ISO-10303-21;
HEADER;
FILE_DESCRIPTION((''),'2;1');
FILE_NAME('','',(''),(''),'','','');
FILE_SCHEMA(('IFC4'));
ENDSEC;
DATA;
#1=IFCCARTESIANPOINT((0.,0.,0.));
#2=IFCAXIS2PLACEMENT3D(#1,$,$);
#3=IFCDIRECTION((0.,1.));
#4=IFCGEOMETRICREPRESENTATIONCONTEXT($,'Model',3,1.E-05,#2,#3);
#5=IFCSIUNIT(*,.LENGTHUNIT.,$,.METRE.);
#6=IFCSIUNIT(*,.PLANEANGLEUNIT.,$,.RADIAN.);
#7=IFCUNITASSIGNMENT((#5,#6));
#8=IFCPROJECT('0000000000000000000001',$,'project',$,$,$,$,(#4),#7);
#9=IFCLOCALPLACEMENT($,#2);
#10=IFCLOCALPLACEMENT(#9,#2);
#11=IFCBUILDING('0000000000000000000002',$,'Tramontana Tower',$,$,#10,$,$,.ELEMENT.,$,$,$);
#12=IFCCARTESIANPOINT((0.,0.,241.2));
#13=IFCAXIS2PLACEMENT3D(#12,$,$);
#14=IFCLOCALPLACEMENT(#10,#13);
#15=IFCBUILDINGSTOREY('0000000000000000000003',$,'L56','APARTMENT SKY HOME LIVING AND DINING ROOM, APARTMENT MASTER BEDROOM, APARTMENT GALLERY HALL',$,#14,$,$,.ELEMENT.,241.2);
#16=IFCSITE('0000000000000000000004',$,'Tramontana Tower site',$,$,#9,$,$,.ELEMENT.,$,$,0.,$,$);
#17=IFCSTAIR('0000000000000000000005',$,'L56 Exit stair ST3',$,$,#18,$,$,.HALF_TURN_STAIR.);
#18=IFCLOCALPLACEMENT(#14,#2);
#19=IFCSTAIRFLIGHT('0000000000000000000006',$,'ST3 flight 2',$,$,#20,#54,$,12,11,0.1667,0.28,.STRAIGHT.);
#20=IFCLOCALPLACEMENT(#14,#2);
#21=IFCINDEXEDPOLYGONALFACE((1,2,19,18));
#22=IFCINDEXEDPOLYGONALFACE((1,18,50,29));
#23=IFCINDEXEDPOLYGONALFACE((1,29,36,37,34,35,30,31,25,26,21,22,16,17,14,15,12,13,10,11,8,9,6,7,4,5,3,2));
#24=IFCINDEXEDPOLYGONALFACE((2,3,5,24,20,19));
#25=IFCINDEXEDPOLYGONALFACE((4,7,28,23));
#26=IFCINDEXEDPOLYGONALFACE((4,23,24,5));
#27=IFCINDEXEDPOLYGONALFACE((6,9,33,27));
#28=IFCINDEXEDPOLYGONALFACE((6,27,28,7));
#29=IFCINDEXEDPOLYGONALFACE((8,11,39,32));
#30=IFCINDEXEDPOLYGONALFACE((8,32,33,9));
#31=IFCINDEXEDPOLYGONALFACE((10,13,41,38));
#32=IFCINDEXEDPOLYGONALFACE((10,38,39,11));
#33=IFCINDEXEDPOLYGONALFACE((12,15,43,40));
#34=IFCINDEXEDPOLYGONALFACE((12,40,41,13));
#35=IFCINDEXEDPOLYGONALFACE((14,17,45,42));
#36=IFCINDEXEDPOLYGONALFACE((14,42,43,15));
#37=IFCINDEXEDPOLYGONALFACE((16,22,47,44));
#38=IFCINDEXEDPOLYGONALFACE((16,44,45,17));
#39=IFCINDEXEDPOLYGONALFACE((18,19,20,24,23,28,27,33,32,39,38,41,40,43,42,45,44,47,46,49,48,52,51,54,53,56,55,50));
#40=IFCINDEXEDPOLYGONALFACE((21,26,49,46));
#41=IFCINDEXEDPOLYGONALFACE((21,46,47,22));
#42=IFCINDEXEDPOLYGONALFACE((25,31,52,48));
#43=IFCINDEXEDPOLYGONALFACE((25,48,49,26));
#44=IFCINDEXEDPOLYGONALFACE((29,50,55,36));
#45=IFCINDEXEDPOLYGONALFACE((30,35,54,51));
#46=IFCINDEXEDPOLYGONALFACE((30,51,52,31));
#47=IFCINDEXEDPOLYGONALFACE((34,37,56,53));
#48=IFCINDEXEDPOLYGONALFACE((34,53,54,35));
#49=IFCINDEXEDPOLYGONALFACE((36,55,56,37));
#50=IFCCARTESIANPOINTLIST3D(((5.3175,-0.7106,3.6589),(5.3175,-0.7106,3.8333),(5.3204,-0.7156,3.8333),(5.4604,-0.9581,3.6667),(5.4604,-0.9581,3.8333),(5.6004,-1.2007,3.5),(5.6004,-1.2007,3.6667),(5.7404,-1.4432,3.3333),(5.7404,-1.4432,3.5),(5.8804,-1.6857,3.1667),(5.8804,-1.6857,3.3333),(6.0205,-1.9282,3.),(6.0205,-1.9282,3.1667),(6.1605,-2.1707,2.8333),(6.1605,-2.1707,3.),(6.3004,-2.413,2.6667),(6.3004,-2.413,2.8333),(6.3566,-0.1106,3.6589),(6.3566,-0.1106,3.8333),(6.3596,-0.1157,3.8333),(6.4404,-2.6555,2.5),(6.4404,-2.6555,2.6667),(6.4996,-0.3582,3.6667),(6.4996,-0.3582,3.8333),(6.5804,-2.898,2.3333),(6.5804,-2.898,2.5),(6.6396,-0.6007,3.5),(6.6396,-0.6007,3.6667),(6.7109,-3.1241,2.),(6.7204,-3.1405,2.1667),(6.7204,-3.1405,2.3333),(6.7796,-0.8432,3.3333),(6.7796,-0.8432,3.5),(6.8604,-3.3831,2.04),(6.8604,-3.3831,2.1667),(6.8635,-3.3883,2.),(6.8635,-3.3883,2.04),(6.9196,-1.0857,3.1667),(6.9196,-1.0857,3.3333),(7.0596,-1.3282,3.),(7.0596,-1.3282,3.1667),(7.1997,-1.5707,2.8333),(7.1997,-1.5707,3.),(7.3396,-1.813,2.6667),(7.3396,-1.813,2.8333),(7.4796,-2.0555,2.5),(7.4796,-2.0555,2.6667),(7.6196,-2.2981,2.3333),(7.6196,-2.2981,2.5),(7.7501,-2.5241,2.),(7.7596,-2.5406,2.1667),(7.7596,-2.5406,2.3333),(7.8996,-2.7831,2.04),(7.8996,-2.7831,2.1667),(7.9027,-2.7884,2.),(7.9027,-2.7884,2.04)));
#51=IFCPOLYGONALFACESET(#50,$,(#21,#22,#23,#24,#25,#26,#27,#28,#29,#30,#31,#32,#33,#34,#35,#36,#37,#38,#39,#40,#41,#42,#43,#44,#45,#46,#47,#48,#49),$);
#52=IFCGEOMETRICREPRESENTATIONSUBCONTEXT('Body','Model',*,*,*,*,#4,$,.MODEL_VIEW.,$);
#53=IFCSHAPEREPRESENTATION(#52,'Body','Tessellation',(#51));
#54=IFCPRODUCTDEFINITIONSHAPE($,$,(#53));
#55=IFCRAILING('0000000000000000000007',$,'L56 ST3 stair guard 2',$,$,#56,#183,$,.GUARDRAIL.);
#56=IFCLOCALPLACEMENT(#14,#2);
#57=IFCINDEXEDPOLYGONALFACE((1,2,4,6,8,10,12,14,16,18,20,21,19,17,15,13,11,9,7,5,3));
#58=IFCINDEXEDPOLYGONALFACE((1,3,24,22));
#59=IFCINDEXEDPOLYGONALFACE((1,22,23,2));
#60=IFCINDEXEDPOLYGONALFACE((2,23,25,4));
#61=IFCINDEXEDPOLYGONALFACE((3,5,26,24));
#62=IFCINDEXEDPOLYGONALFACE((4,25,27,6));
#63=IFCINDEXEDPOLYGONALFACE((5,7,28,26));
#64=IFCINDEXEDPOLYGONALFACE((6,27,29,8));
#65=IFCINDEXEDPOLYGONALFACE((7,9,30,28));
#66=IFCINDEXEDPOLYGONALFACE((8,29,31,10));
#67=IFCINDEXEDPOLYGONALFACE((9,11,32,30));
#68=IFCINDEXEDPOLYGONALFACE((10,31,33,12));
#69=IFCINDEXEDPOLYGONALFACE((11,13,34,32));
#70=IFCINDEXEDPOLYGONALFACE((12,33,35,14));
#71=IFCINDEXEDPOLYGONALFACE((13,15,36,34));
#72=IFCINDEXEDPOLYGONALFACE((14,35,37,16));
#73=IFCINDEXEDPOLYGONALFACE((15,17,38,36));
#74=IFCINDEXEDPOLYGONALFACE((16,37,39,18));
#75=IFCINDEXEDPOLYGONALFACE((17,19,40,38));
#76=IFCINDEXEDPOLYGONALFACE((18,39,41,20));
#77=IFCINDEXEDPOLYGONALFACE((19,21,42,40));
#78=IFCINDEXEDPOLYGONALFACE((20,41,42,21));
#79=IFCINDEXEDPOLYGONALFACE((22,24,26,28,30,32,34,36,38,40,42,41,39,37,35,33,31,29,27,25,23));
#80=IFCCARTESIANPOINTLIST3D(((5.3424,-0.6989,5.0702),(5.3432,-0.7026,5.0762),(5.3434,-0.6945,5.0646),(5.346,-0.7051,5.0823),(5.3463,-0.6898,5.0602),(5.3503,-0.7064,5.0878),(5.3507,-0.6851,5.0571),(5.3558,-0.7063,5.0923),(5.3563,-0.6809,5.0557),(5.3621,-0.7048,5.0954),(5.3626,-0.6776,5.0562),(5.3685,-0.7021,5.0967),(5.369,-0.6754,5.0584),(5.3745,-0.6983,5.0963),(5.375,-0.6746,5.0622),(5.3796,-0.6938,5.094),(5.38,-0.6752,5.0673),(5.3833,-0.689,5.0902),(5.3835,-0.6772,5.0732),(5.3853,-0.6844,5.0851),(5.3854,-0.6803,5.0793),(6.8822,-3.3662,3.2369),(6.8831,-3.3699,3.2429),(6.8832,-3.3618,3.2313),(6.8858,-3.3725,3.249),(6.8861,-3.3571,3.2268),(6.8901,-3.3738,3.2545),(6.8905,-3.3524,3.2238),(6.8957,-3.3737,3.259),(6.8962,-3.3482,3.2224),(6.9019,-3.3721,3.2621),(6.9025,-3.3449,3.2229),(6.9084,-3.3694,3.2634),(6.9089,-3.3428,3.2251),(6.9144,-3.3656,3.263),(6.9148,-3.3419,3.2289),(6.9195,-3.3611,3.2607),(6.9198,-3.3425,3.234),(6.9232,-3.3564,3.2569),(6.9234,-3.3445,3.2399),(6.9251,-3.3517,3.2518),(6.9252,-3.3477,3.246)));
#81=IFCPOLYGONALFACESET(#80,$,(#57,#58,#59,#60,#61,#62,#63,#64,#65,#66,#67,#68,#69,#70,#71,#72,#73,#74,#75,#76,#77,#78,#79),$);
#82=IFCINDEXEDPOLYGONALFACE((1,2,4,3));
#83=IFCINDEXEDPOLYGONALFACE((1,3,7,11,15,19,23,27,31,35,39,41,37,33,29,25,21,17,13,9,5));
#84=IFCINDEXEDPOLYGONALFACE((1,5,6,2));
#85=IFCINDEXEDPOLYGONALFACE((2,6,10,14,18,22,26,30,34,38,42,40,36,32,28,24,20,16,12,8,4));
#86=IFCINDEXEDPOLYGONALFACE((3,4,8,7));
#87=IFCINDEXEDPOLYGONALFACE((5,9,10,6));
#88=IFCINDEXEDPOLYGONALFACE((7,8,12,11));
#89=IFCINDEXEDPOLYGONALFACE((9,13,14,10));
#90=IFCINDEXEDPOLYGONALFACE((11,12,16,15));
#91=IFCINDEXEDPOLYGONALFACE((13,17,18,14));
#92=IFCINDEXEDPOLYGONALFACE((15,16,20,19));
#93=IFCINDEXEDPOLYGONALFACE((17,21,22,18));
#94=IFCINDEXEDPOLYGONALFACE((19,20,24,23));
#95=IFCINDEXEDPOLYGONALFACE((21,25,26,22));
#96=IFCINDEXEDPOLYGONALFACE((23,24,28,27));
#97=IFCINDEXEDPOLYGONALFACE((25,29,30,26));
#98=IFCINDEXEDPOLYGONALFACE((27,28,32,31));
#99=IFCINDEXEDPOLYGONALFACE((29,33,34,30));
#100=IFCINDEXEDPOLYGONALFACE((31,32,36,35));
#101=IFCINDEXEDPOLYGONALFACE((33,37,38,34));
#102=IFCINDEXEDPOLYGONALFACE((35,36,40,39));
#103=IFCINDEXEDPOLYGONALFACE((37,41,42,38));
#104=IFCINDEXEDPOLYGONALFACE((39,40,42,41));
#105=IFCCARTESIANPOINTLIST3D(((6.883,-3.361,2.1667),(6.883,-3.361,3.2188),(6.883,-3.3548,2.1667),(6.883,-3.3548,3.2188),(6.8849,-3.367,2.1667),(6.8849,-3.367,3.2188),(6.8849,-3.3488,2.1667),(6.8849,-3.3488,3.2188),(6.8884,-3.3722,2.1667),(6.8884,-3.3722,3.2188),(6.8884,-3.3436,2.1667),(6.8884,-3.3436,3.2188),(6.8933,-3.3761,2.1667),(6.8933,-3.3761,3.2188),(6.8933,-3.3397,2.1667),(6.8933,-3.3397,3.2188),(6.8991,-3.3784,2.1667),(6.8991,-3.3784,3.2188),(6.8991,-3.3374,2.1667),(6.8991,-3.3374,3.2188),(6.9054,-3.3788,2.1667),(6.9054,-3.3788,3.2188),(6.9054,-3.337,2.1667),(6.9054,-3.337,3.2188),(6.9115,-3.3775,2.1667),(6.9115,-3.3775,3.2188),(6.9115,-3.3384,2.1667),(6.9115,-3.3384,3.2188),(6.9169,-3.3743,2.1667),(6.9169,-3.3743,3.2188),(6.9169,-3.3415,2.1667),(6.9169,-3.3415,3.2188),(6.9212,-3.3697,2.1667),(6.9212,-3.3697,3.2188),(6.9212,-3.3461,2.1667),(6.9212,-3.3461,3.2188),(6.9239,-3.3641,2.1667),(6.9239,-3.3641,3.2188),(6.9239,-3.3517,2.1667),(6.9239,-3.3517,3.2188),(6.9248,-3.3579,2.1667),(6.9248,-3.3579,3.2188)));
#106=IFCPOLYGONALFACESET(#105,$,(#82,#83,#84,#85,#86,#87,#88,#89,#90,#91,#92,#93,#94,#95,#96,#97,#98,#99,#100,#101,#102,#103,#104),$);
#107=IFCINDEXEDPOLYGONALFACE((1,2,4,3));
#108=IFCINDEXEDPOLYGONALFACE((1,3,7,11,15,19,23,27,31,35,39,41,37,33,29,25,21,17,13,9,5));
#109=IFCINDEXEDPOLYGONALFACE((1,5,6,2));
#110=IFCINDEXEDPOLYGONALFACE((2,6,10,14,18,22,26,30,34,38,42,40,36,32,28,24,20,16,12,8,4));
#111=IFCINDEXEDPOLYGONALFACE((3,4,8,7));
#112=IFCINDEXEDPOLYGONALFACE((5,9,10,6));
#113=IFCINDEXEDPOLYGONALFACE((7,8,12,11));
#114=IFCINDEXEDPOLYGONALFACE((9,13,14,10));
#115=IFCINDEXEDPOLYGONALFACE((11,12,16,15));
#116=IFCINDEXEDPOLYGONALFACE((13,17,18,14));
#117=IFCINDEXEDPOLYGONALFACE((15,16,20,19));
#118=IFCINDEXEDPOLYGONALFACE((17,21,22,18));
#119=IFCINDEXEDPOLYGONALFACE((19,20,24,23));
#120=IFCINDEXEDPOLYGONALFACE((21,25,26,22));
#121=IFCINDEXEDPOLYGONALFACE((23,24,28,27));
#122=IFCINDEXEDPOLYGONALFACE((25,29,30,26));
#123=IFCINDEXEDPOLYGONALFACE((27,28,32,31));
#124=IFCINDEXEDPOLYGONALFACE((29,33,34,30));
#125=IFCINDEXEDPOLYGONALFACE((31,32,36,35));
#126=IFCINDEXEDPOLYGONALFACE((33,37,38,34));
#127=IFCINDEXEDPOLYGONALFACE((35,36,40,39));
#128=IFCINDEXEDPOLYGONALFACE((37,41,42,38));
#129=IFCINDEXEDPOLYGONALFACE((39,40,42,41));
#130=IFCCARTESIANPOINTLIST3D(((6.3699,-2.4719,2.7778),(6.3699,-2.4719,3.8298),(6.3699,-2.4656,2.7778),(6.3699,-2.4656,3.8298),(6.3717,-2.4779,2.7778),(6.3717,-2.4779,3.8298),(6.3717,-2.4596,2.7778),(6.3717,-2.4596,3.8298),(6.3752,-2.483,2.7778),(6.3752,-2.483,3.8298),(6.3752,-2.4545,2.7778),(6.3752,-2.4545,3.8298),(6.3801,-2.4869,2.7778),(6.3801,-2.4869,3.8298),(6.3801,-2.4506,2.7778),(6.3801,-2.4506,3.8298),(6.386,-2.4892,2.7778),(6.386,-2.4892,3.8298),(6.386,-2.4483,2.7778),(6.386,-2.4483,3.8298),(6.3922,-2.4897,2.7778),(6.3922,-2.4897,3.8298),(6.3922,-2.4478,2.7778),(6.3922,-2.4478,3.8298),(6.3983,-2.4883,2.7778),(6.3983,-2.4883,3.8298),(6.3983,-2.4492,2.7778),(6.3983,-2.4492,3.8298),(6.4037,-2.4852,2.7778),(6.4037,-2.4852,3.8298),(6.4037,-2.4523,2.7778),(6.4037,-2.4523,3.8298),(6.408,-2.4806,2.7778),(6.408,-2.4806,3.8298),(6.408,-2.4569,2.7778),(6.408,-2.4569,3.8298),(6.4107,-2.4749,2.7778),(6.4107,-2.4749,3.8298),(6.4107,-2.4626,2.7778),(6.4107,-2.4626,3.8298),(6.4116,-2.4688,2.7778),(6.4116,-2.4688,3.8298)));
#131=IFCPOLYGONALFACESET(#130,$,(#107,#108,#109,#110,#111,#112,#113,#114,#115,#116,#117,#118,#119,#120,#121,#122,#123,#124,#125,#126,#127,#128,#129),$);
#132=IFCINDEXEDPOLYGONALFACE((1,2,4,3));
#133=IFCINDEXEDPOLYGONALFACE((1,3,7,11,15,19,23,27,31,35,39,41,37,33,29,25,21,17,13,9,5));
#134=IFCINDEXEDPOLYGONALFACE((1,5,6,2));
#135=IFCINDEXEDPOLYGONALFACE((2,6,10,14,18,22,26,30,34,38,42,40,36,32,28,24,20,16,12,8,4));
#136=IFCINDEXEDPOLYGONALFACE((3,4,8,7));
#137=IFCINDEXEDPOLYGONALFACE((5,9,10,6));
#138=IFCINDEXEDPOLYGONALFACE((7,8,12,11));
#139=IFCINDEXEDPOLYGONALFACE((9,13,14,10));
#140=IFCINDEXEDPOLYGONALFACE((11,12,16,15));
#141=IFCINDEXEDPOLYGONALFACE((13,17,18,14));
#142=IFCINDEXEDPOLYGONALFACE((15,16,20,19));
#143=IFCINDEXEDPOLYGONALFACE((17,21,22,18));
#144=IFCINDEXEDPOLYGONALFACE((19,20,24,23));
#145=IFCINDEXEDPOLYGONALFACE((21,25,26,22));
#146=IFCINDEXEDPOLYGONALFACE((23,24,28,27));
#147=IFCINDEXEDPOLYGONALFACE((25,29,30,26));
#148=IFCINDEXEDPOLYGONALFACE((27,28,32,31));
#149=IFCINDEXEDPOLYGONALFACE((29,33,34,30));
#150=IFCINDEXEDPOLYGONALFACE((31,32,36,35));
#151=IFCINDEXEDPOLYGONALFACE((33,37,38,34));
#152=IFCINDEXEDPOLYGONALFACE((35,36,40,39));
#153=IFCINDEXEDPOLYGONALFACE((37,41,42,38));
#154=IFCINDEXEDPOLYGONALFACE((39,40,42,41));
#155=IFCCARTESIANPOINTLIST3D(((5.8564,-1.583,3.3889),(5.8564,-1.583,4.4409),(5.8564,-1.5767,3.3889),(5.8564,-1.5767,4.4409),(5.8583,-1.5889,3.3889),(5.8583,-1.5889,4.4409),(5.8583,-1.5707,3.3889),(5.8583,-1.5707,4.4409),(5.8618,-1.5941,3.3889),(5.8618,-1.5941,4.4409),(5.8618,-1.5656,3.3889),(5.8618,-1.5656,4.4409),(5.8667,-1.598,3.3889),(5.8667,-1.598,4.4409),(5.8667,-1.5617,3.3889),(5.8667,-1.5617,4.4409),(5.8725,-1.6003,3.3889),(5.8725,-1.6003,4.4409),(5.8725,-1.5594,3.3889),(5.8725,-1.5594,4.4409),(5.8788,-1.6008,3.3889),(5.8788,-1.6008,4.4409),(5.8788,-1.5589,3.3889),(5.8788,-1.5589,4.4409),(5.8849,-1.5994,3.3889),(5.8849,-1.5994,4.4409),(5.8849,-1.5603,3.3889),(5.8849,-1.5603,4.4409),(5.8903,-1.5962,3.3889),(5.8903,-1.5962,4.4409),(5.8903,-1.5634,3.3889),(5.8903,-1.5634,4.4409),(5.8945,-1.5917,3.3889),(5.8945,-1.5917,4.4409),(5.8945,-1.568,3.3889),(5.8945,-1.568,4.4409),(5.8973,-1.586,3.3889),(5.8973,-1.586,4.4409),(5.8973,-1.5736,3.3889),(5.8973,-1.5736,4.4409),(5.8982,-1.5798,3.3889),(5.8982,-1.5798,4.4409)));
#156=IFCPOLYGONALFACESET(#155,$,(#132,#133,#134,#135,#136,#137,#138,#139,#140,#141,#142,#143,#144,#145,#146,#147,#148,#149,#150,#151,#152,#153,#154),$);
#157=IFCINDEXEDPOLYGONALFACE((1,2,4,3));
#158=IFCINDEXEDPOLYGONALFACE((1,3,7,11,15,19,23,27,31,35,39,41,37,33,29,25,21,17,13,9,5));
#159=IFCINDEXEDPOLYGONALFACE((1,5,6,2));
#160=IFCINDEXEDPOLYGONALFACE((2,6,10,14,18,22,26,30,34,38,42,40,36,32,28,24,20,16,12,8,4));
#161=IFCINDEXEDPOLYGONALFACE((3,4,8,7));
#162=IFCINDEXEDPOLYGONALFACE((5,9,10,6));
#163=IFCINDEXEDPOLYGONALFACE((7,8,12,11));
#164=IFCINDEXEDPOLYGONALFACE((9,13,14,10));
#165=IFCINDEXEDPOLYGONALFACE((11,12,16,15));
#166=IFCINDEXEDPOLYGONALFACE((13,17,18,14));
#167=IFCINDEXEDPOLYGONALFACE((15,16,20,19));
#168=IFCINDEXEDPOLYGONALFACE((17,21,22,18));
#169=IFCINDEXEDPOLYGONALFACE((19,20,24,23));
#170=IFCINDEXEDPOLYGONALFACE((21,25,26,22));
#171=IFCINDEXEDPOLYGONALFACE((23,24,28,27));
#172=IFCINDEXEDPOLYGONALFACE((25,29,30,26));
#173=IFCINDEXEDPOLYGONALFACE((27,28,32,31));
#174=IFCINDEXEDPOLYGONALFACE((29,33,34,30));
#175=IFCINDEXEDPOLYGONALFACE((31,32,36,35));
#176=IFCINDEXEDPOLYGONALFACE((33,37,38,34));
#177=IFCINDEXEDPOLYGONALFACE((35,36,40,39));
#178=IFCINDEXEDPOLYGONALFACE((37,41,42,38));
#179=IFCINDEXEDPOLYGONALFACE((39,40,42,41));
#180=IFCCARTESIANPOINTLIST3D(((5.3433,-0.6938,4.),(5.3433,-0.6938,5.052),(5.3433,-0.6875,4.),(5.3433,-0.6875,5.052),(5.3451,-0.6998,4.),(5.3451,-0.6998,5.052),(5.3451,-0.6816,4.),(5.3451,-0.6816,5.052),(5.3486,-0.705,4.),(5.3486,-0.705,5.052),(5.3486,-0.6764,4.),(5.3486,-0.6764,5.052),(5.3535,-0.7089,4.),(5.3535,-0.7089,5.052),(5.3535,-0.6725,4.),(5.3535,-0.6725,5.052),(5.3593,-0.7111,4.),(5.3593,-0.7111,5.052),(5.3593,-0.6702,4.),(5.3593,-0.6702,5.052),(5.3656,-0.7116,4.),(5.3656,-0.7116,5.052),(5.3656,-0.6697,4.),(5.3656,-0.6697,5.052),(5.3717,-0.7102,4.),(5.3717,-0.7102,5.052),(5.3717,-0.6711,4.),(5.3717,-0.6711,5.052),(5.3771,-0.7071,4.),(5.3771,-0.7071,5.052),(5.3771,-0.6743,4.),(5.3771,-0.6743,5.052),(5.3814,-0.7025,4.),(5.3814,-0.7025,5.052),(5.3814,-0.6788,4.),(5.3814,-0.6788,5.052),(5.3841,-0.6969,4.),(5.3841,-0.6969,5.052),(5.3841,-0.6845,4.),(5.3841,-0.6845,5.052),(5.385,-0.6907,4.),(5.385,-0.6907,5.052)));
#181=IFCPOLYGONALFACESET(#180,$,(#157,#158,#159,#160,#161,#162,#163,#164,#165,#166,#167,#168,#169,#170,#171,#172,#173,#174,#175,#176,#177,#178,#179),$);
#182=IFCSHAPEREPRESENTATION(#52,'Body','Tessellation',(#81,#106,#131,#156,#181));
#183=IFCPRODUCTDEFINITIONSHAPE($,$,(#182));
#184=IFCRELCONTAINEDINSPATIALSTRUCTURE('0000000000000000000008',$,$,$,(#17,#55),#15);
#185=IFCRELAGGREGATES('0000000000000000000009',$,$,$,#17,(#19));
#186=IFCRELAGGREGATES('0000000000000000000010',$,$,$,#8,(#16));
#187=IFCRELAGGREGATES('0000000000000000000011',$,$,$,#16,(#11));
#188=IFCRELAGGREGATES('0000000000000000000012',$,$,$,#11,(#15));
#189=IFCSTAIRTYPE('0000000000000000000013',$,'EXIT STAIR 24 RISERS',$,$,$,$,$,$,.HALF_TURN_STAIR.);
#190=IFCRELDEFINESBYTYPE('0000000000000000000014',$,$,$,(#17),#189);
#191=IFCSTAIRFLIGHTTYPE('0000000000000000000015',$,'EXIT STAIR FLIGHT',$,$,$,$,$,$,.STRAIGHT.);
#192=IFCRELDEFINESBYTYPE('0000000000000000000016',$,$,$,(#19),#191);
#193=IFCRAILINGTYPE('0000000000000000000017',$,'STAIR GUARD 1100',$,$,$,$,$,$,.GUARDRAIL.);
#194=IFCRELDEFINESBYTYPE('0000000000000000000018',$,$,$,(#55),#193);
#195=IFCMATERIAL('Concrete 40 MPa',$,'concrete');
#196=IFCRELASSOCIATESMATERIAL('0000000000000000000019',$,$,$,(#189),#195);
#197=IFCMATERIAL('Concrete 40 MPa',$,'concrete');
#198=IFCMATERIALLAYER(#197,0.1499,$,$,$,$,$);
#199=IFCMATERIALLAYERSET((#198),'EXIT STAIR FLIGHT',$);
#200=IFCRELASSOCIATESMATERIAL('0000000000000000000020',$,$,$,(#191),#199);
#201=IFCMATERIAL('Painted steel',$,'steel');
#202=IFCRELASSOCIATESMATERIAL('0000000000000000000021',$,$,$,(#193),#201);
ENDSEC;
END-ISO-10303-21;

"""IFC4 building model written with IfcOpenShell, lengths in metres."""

from ifc_helpers import new_model, si_unit, direction, frame, origin, origin_2d, place, context, subcontext, project, spatial, polyline, circle, outline, extrude, material, layer, layer_set, type_object, element, aggregate, save


model = new_model("IFC4")

# Units and contexts
model_context = context("Model", 3, precision=1e-05, world=origin(), true_north=direction((0.0, 1.0)))
body_context = subcontext(model_context, "Body", "Model", "MODEL_VIEW")
ifc_project = project(units=[si_unit("LENGTHUNIT", "METRE"), si_unit("PLANEANGLEUNIT", "RADIAN")], contexts=[model_context])

# Site, building, storey
site_placement = place(None, origin())
site = spatial("IfcSite", under=ifc_project, at=site_placement, Name="Tramontana Tower site", CompositionType="ELEMENT", RefElevation=0.0)
building_placement = place(site_placement, origin())
building = spatial("IfcBuilding", under=site, at=building_placement, Name="Tramontana Tower", CompositionType="ELEMENT")
storey_placement = place(building_placement, frame((0.0, 0.0, 241.2)))
storey = spatial("IfcBuildingStorey", under=building, at=storey_placement, Name="L56", Description="APARTMENT SKY HOME LIVING AND DINING ROOM, APARTMENT MASTER BEDROOM, APARTMENT GALLERY HALL", CompositionType="ELEMENT", Elevation=241.2)

# Stair, stair flight
ifc_material_1 = material(Name="Concrete 40 MPa", Category="concrete")
stair_type = type_object("IfcStairType", Name="EXIT STAIR 24 RISERS", PredefinedType="HALF_TURN_STAIR", material=ifc_material_1)
stair_placement = place(storey_placement, origin())
stair = element("IfcStair", 1, at=stair_placement, inside=storey, type_object=stair_type, Name="L56 Exit stair ST3", PredefinedType="HALF_TURN_STAIR")
ifc_material_2 = material(Name="Concrete 40 MPa", Category="concrete")
ifc_layer_1 = layer(ifc_material_2, 0.1499)
ifc_layer_set_1 = layer_set([ifc_layer_1], Name="EXIT STAIR FLIGHT")
stair_flight_type = type_object("IfcStairFlightType", Name="EXIT STAIR FLIGHT", PredefinedType="STRAIGHT", material=ifc_layer_set_1)
stair_flight_placement = place(storey_placement, frame((7.3801, -3.083, 2.0), z_axis=(0.0, 0.0, 1.0), x_axis=(-0.5, 0.866025, 0.0)))
stair_flight = element("IfcStairFlight", 2, at=stair_flight_placement, type_object=stair_flight_type, Name="ST3 flight 2", NumberOfRisers=12, NumberOfTreads=11, PredefinedType="STRAIGHT", RiserHeight=0.1667, TreadLength=0.28, context=body_context, shape_type="SweptSolid", body=[
    extrude(outline(polyline([(-0.0061, 0.0), (-0.0061, 0.04), (0.0, 0.04), (0.0, 0.1667), (0.28, 0.1667), (0.28, 0.3333), (0.5601, 0.3333), (0.5601, 0.5), (0.8401, 0.5), (0.8401, 0.6667), (1.1201, 0.6667), (1.1201, 0.8333), (1.3999, 0.8333), (1.3999, 1.0), (1.6799, 1.0), (1.6799, 1.1667), (1.96, 1.1667), (1.96, 1.3333), (2.24, 1.3333), (2.24, 1.5), (2.52, 1.5), (2.52, 1.6667), (2.8, 1.6667), (2.8, 1.8333), (3.0801, 1.8333), (3.0859, 1.8333), (3.0859, 1.6589), (0.2991, 0.0), (-0.0061, 0.0)])), frame((0.0, 0.6001, 0.0), z_axis=(0.0, -1.0, 0.0), x_axis=(1.0, 0.0, 0.0)), (0.0, 0.0, 1.0), 1.2),
])
aggregate(stair, [stair_flight])

# Railing
ifc_material_3 = material(Name="Painted steel", Category="steel")
railing_type_1 = type_object("IfcRailingType", Name="STAIR GUARD 1100", PredefinedType="GUARDRAIL", material=ifc_material_3)
railing_1_placement = place(storey_placement, frame((6.9038, -3.3579, 2.1667)))
element("IfcRailing", 3, at=railing_1_placement, inside=storey, type_object=railing_type_1, Name="L56 ST3 stair guard 2", PredefinedType="GUARDRAIL", context=body_context, shape_type="SweptSolid", body=[
    extrude(circle(Radius=0.0239, at=origin_2d()), frame((0.0, 0.0, 1.0762), z_axis=(-0.429616, 0.744181, 0.511493), x_axis=(-0.866044, -0.499967, 0.0)), (0.0, 0.0, 1.0), 3.5842),
    extrude(circle(Radius=0.021, at=origin_2d()), origin(), (0.0, 0.0, 1.0), 1.052),
    extrude(circle(Radius=0.021, at=origin_2d()), frame((-0.5132, 0.8892, 0.6111)), (0.0, 0.0, 1.0), 1.052),
    extrude(circle(Radius=0.021, at=origin_2d()), frame((-1.0266, 1.7781, 1.2222)), (0.0, 0.0, 1.0), 1.052),
    extrude(circle(Radius=0.021, at=origin_2d()), frame((-1.5398, 2.6672, 1.8333)), (0.0, 0.0, 1.0), 1.052),
])

save(model, "model.ifc")
